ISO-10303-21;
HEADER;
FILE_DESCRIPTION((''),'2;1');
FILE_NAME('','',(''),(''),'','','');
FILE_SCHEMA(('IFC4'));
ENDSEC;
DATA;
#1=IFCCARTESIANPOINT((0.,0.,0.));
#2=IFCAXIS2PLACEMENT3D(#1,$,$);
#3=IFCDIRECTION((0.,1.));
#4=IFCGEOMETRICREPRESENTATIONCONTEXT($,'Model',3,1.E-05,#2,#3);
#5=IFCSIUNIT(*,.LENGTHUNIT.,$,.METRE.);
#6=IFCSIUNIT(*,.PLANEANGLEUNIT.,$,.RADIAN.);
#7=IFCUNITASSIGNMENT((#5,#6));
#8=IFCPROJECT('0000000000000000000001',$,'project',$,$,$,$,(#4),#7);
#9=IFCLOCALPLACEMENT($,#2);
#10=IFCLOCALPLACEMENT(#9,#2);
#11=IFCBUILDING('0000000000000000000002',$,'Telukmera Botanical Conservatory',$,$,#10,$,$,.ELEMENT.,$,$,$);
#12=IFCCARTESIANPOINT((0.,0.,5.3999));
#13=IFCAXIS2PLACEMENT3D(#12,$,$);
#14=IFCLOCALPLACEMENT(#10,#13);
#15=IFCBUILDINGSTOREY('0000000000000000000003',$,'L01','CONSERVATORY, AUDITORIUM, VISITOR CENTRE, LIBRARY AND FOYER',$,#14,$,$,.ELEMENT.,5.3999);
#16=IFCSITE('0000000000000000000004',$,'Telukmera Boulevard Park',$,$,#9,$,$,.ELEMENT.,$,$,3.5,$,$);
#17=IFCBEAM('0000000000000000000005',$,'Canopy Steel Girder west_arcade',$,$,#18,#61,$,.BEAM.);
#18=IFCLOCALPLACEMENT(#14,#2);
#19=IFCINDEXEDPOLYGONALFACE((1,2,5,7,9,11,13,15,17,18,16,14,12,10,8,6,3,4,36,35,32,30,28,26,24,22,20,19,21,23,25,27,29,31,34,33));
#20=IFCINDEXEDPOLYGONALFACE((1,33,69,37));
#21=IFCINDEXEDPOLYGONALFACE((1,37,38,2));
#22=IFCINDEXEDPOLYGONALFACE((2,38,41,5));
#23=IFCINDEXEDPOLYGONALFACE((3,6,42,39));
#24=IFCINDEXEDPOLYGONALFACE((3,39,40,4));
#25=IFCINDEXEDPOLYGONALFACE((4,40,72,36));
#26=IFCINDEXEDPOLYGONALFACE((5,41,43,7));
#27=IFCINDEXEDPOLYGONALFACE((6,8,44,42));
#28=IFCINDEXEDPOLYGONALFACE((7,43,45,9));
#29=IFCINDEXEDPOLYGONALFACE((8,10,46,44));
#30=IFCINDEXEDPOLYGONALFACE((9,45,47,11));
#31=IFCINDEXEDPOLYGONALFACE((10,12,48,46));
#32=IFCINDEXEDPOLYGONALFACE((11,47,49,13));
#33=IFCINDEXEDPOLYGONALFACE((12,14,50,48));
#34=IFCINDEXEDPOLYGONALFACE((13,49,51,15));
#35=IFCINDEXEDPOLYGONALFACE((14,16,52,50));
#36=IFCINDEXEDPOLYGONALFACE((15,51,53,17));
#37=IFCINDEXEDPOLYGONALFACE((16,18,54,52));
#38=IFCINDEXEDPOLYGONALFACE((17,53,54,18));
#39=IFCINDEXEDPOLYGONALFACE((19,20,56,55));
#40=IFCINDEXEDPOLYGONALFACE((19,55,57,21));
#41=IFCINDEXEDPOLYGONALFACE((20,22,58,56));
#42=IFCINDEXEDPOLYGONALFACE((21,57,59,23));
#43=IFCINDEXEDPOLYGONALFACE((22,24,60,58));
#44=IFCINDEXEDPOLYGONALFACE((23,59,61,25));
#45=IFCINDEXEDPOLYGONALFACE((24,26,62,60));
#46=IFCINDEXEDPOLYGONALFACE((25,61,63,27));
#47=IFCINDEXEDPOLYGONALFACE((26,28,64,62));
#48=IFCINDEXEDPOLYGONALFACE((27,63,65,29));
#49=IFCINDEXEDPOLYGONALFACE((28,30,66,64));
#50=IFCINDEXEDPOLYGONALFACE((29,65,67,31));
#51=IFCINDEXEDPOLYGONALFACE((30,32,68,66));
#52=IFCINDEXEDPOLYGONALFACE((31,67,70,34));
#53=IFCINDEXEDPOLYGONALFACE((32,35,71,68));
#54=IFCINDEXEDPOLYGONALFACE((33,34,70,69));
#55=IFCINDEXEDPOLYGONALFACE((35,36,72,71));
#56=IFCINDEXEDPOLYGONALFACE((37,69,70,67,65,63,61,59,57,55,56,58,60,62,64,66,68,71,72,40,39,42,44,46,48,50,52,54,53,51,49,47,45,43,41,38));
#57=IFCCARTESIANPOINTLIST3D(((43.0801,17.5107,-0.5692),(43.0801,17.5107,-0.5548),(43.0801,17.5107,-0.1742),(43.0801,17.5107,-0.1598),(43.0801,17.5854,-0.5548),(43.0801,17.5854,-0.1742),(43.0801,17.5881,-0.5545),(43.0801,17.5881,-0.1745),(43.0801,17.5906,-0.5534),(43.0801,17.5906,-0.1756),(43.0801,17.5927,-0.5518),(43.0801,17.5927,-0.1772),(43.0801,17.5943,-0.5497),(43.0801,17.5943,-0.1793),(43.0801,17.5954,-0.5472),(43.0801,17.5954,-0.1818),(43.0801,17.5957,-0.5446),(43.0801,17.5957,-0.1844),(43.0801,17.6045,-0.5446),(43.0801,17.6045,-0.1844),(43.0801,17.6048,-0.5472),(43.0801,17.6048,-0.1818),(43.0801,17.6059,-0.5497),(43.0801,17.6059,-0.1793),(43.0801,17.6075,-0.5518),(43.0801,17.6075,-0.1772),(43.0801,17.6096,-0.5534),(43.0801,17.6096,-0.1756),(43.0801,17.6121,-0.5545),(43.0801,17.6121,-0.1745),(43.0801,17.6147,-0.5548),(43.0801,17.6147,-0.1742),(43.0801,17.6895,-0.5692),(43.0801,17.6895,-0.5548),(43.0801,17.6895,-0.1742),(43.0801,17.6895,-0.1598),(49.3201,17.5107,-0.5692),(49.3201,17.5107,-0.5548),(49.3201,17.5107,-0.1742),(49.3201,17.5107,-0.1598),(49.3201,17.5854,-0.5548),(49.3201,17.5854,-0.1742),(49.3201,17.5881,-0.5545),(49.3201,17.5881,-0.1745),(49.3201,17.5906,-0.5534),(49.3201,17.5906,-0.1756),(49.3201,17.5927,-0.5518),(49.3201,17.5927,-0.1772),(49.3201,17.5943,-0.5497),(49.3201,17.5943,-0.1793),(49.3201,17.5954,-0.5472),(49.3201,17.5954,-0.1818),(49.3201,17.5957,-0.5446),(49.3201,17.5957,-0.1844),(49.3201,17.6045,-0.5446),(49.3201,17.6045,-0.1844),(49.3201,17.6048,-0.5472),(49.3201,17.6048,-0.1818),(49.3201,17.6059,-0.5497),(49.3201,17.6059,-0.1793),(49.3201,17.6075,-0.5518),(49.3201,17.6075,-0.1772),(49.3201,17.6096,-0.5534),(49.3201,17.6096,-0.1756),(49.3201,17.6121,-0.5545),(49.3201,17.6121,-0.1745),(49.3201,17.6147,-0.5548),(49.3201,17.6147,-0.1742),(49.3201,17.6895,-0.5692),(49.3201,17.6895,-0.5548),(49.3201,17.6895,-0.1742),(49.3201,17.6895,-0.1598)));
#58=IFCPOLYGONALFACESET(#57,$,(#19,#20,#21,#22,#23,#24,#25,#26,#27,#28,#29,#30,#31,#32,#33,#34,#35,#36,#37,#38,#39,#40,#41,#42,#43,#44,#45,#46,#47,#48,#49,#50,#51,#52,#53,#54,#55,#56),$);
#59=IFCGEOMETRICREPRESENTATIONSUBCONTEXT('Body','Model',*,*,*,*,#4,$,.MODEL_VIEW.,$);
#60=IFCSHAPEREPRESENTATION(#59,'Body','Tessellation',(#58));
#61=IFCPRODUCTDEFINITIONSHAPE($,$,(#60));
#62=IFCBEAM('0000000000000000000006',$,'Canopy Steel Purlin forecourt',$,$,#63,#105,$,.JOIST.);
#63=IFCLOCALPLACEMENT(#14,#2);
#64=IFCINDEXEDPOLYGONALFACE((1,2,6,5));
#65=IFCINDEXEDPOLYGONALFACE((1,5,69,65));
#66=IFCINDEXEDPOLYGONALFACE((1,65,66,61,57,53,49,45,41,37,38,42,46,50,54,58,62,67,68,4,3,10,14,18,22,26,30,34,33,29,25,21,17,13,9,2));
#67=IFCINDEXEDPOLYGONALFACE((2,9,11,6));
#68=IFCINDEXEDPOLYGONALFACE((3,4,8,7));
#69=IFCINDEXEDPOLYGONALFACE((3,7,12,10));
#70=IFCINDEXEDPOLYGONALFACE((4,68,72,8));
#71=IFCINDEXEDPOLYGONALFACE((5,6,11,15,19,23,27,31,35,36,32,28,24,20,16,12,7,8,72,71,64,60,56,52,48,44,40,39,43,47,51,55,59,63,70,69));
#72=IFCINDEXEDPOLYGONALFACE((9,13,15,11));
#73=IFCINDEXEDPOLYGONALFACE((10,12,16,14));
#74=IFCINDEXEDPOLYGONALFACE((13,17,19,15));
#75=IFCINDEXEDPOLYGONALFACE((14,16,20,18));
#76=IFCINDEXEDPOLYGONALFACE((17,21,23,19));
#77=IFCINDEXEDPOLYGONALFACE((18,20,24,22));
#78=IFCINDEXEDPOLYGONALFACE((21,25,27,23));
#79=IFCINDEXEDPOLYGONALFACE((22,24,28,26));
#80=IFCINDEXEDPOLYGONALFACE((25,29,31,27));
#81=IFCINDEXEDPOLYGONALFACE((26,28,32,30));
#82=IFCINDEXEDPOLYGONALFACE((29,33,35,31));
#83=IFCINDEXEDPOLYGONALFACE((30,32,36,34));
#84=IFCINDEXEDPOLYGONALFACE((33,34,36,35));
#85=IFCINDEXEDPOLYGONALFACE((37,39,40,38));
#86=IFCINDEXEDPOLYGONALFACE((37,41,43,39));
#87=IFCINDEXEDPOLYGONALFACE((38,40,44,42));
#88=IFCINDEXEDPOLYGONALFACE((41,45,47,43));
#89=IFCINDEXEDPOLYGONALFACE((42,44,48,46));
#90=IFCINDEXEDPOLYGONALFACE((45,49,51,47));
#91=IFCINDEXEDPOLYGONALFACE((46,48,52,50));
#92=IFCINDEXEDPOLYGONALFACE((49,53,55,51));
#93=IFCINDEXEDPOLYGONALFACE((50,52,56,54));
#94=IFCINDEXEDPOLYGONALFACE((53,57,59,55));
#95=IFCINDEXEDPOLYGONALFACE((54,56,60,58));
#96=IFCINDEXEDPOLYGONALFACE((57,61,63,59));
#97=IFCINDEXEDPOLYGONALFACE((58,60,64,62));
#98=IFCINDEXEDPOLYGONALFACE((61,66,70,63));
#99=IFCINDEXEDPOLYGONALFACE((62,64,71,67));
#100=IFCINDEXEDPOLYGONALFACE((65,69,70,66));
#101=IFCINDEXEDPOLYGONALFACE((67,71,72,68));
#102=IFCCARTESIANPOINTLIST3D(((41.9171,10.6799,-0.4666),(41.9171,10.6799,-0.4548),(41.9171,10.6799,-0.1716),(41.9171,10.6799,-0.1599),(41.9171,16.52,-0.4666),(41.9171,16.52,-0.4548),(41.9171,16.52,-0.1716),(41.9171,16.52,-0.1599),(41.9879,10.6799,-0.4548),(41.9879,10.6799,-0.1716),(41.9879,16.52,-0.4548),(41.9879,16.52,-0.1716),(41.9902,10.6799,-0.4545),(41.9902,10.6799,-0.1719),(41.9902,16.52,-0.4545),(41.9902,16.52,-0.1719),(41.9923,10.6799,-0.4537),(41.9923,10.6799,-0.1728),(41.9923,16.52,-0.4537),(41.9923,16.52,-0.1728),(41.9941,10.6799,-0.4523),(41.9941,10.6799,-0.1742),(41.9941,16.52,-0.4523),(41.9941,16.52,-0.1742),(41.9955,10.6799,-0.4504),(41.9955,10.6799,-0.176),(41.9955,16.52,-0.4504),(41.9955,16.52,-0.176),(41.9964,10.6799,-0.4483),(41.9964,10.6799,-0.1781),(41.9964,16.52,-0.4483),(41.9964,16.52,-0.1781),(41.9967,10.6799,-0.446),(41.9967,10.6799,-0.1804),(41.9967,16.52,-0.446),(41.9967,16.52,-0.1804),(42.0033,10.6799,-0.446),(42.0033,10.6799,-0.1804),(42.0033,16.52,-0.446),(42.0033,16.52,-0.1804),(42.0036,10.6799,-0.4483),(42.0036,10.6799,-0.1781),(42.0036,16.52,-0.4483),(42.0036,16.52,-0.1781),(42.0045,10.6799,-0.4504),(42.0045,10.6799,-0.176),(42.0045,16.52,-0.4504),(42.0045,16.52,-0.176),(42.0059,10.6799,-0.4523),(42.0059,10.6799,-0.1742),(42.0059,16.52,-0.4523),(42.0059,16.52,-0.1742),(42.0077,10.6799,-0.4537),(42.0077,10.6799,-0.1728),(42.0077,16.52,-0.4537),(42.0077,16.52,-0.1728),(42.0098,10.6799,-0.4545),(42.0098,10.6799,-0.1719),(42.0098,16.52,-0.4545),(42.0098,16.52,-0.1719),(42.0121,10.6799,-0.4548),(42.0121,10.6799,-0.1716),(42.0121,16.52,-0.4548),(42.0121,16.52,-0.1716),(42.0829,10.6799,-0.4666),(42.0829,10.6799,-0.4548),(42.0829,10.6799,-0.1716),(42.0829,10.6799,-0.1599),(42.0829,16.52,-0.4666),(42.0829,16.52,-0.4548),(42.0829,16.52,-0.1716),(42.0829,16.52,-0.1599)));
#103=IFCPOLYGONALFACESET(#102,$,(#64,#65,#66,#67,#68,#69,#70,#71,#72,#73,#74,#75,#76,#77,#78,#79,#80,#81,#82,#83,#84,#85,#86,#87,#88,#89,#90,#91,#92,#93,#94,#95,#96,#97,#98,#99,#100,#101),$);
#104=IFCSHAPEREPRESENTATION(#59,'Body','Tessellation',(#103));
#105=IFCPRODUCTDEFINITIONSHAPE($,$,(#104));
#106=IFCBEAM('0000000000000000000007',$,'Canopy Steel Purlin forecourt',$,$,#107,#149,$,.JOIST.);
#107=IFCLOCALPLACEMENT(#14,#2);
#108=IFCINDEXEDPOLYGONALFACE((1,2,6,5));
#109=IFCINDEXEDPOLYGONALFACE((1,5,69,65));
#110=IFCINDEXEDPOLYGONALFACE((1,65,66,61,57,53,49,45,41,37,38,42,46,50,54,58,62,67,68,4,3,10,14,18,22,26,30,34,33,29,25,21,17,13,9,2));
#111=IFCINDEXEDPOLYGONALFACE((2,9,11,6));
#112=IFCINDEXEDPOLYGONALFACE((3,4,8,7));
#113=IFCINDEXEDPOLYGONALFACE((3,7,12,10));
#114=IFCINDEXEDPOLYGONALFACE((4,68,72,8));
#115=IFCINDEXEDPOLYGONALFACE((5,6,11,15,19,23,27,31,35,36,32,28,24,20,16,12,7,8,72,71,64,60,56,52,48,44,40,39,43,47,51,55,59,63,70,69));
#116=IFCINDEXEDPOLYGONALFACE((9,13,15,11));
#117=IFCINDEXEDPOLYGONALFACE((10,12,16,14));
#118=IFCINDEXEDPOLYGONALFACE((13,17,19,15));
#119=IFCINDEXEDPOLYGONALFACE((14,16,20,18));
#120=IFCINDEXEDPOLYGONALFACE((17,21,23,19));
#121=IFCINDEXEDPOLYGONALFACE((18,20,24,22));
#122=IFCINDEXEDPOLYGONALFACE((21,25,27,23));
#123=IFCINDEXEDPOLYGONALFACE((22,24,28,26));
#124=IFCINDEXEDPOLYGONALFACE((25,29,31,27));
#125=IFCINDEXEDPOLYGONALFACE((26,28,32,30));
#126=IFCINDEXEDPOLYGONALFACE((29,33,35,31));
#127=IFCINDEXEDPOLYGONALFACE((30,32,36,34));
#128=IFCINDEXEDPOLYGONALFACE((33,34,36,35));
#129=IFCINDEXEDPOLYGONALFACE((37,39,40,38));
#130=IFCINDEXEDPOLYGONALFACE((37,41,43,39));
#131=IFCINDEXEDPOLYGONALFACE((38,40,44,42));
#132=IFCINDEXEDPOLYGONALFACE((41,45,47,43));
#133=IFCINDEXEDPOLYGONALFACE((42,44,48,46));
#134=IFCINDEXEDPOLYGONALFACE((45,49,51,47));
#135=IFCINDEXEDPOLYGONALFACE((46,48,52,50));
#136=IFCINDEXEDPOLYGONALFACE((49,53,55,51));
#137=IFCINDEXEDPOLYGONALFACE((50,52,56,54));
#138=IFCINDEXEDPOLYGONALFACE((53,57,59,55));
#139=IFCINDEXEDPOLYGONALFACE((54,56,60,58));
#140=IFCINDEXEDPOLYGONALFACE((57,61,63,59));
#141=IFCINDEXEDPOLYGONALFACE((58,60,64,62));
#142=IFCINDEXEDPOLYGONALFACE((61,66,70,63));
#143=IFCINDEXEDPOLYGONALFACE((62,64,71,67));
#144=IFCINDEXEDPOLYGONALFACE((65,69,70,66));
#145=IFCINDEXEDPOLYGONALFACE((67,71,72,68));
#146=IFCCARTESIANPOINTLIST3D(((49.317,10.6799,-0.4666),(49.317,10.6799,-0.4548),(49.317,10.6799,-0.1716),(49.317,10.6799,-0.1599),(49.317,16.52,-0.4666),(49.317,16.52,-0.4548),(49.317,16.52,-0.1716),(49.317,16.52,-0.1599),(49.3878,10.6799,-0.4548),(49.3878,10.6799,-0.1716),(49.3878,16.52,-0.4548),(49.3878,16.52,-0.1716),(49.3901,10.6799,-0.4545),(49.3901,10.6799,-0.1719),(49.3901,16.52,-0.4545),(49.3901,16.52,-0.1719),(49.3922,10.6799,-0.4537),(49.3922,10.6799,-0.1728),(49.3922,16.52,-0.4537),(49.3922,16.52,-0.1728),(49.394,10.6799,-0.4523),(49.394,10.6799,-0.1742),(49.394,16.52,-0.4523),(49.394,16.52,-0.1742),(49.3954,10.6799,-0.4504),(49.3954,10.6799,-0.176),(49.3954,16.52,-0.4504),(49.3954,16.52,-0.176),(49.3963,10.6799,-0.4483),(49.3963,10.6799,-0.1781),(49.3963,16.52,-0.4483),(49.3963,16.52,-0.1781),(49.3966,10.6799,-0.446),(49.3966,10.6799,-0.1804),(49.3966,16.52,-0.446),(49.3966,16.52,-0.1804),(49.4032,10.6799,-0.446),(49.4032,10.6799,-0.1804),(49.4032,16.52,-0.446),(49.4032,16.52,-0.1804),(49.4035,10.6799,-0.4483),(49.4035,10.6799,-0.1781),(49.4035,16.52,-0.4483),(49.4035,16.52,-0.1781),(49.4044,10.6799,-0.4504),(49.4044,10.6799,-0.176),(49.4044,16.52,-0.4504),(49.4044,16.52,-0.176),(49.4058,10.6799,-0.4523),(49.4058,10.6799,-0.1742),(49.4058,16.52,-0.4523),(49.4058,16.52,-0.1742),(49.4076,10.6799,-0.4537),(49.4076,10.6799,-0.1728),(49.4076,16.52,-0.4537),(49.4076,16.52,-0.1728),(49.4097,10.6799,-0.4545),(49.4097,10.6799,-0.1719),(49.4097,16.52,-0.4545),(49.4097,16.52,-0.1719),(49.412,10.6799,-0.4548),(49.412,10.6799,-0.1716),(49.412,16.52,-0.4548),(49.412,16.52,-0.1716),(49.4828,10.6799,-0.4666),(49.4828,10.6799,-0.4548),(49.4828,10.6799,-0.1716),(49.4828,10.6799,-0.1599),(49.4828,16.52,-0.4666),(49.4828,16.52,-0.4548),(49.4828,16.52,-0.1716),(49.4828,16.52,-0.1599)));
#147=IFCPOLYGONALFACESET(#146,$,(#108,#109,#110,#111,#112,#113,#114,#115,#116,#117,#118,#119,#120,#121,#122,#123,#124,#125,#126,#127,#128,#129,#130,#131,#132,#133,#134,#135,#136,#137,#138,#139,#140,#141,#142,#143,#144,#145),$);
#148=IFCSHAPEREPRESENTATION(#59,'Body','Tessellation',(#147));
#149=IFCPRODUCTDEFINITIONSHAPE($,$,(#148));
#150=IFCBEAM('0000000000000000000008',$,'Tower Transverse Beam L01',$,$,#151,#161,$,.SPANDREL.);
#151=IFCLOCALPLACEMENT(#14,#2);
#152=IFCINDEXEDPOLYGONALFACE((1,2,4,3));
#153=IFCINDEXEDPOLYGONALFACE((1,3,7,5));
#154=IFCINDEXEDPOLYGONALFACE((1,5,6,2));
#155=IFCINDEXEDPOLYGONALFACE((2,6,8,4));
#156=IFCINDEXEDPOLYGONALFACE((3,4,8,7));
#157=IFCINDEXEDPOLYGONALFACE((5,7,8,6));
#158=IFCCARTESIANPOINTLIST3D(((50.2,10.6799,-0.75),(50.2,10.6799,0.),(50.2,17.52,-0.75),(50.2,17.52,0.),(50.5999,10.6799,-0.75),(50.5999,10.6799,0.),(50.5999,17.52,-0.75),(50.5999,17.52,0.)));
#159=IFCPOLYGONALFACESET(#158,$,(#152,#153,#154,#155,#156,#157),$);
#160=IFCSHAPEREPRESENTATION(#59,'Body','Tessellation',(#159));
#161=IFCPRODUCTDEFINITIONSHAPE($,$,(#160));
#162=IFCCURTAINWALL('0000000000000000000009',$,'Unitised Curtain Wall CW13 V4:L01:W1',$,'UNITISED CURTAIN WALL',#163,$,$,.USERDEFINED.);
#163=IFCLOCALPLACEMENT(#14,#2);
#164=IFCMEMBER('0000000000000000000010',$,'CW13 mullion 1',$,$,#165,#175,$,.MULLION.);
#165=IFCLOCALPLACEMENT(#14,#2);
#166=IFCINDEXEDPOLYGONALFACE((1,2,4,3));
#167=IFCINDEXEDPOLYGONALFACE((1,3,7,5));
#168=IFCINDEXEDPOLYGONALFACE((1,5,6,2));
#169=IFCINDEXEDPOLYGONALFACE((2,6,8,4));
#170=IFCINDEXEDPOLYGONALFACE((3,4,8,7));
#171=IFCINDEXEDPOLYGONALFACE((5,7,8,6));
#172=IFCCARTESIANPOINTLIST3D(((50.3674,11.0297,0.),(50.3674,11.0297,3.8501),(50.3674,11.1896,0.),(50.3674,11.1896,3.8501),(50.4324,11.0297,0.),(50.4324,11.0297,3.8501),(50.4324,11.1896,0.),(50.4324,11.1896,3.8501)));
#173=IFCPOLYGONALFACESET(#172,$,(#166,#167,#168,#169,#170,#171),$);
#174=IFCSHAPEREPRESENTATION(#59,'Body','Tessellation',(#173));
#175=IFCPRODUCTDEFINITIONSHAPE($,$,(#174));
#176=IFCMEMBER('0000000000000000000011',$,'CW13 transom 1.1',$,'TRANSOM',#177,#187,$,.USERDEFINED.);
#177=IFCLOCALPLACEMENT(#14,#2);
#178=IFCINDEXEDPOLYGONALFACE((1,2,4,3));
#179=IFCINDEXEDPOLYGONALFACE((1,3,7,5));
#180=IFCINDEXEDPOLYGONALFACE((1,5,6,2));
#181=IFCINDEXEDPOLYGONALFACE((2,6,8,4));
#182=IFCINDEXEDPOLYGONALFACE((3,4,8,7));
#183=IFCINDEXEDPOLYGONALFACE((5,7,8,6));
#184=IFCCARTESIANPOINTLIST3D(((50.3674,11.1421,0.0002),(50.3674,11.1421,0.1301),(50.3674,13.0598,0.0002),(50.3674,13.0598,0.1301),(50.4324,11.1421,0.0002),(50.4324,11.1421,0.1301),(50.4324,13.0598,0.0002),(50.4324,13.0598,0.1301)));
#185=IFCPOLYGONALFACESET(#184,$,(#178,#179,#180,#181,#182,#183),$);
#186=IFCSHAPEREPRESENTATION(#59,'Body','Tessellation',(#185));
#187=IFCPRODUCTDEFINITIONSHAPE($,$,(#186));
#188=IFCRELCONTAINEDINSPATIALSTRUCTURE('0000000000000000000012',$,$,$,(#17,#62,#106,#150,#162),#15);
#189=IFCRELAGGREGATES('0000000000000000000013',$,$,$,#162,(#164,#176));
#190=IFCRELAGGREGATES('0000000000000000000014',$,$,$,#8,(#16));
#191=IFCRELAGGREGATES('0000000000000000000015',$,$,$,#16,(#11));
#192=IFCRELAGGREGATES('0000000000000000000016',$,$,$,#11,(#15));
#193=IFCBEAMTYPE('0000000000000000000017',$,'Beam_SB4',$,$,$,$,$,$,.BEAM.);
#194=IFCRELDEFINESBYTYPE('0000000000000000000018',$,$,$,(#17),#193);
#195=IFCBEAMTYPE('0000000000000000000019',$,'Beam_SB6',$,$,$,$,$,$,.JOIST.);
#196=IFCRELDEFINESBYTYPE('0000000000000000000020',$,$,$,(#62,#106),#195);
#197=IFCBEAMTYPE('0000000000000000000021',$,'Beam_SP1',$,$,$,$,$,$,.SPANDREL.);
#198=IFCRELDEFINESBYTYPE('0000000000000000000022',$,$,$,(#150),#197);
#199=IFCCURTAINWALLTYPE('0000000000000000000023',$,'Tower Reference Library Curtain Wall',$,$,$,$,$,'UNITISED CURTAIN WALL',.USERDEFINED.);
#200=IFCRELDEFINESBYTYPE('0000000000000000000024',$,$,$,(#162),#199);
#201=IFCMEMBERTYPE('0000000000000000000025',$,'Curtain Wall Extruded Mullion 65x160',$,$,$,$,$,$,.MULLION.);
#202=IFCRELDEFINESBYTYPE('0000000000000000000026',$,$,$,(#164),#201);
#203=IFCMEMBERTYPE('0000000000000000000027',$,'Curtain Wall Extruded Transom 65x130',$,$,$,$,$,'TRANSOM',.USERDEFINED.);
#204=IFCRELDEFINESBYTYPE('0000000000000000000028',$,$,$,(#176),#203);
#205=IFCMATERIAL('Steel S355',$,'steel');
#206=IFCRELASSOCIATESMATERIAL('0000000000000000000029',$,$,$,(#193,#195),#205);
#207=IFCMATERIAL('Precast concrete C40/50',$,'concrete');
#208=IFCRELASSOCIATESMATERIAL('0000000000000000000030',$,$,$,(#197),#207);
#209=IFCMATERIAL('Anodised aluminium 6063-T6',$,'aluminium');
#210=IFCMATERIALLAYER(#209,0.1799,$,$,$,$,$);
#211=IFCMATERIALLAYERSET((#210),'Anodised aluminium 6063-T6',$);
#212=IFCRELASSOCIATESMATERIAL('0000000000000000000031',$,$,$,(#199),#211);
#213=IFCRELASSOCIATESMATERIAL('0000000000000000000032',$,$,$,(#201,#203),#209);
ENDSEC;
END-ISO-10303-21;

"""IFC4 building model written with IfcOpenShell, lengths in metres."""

from ifc_helpers import new_model, si_unit, direction, frame, origin, origin_2d, place, context, subcontext, project, spatial, rectangle, i_section, extrude, material, layer, layer_set, material_profile, profile_set, type_object, element, aggregate, save


model = new_model("IFC4")

# Units and contexts
model_context = context("Model", 3, precision=1e-05, world=origin(), true_north=direction((0.0, 1.0)))
body_context = subcontext(model_context, "Body", "Model", "MODEL_VIEW")
ifc_project = project(units=[si_unit("LENGTHUNIT", "METRE"), si_unit("PLANEANGLEUNIT", "RADIAN")], contexts=[model_context])

# Site, building, storey
site_placement = place(None, origin())
site = spatial("IfcSite", under=ifc_project, at=site_placement, Name="Telukmera Boulevard Park", CompositionType="ELEMENT", RefElevation=3.5)
building_placement = place(site_placement, origin())
building = spatial("IfcBuilding", under=site, at=building_placement, Name="Telukmera Botanical Conservatory", CompositionType="ELEMENT")
storey_placement = place(building_placement, frame((0.0, 0.0, 5.3999)))
storey = spatial("IfcBuildingStorey", under=building, at=storey_placement, Name="L01", Description="CONSERVATORY, AUDITORIUM, VISITOR CENTRE, LIBRARY AND FOYER", CompositionType="ELEMENT", Elevation=5.3999)

# Beams
ifc_material_1 = material(Name="Steel S355", Category="steel")
ifc_material_profile_1 = material_profile(ifc_material_1, i_section(OverallWidth=0.1787, OverallDepth=0.4094, WebThickness=0.0088, FlangeThickness=0.0144, FilletRadius=0.0103, at=origin_2d()), Name="UB 406x178x67")
ifc_profile_set_1 = profile_set([ifc_material_profile_1], Name="Steel S355")
beam_type_1 = type_object("IfcBeamType", Name="Beam_SB4", PredefinedType="BEAM", material=ifc_profile_set_1)
beam_1_placement = place(storey_placement, frame((43.0801, 17.6001, -0.3645), z_axis=(1.0, 0.0, 0.0), x_axis=(0.0, 1.0, 0.0)))
element("IfcBeam", 1, at=beam_1_placement, inside=storey, type_object=beam_type_1, Name="Canopy Steel Girder west_arcade", PredefinedType="BEAM", context=body_context, shape_type="SweptSolid", body=[
    extrude(i_section(OverallWidth=0.1787, OverallDepth=0.4094, WebThickness=0.0088, FlangeThickness=0.0144, FilletRadius=0.0103, at=origin_2d()), origin(), (0.0, 0.0, 1.0), 6.24),
])
ifc_material_profile_2 = material_profile(ifc_material_1, i_section(OverallWidth=0.1658, OverallDepth=0.3066, WebThickness=0.0066, FlangeThickness=0.0117, FilletRadius=0.0088, at=origin_2d()), Name="UB 305x165x46")
ifc_profile_set_2 = profile_set([ifc_material_profile_2], Name="Steel S355")
beam_type_2 = type_object("IfcBeamType", Name="Beam_SB6", PredefinedType="JOIST", material=ifc_profile_set_2)
for number, where, z_axis, x_axis, name in (
    (2, (42.0, 10.6799, -0.3132), (0.0, 1.0, 0.0), (-1.0, 0.0, 0.0), "Canopy Steel Purlin forecourt"),
    (3, (49.3999, 10.6799, -0.3132), (0.0, 1.0, 0.0), (-1.0, 0.0, 0.0), "Canopy Steel Purlin forecourt"),
):
    element("IfcBeam", number, at=place(storey_placement, frame(where, z_axis=z_axis, x_axis=x_axis)), inside=storey, type_object=beam_type_2, Name=name, PredefinedType="JOIST", context=body_context, shape_type="SweptSolid", body=[
        extrude(i_section(OverallWidth=0.1658, OverallDepth=0.3066, WebThickness=0.0066, FlangeThickness=0.0117, FilletRadius=0.0088, at=origin_2d()), origin(), (0.0, 0.0, 1.0), 5.8401),
    ])
ifc_material_2 = material(Name="Precast concrete C40/50", Category="concrete")
ifc_material_profile_3 = material_profile(ifc_material_2, rectangle(XDim=0.3999, YDim=0.75, at=origin_2d()), Name="PC 400x750")
ifc_profile_set_3 = profile_set([ifc_material_profile_3], Name="Precast concrete C40/50")
beam_type_3 = type_object("IfcBeamType", Name="Beam_SP1", PredefinedType="SPANDREL", material=ifc_profile_set_3)
beam_2_placement = place(storey_placement, frame((50.3999, 10.6799, -0.375), z_axis=(0.0, 1.0, 0.0), x_axis=(-1.0, 0.0, 0.0)))
element("IfcBeam", 4, at=beam_2_placement, inside=storey, type_object=beam_type_3, Name="Tower Transverse Beam L01", PredefinedType="SPANDREL", context=body_context, shape_type="SweptSolid", body=[
    extrude(rectangle(XDim=0.3999, YDim=0.75, at=origin_2d()), origin(), (0.0, 0.0, 1.0), 6.8401),
])

# Curtain wall, members
ifc_material_3 = material(Name="Anodised aluminium 6063-T6", Category="aluminium")
ifc_layer_1 = layer(ifc_material_3, 0.1799)
ifc_layer_set_1 = layer_set([ifc_layer_1], Name="Anodised aluminium 6063-T6")
curtain_wall_type = type_object("IfcCurtainWallType", Name="Tower Reference Library Curtain Wall", ElementType="UNITISED CURTAIN WALL", PredefinedType="USERDEFINED", material=ifc_layer_set_1)
curtain_wall_placement = place(storey_placement, origin())
curtain_wall = element("IfcCurtainWall", 5, at=curtain_wall_placement, inside=storey, type_object=curtain_wall_type, Name="Unitised Curtain Wall CW13 V4:L01:W1", ObjectType="UNITISED CURTAIN WALL", PredefinedType="USERDEFINED")
ifc_material_profile_4 = material_profile(ifc_material_3, rectangle(XDim=0.0649, YDim=0.1599, at=origin_2d()), Name="ALU MULL 65x160")
ifc_profile_set_4 = profile_set([ifc_material_profile_4], Name="Anodised aluminium 6063-T6")
member_type_1 = type_object("IfcMemberType", Name="Curtain Wall Extruded Mullion 65x160", PredefinedType="MULLION", material=ifc_profile_set_4)
member_1_placement = place(storey_placement, frame((50.3999, 11.1096, 0.0), z_axis=(0.0, 0.0, 1.0), x_axis=(-1.0, 0.0, 0.0)))
member_1 = element("IfcMember", 6, at=member_1_placement, type_object=member_type_1, Name="CW13 mullion 1", PredefinedType="MULLION", context=body_context, shape_type="SweptSolid", body=[
    extrude(rectangle(XDim=0.0649, YDim=0.1599, at=origin_2d()), origin(), (0.0, 0.0, 1.0), 3.8501),
])
ifc_material_profile_5 = material_profile(ifc_material_3, rectangle(XDim=0.0649, YDim=0.1299, at=origin_2d()), Name="ALU TRAN 65x130")
ifc_profile_set_5 = profile_set([ifc_material_profile_5], Name="Anodised aluminium 6063-T6")
member_type_2 = type_object("IfcMemberType", Name="Curtain Wall Extruded Transom 65x130", ElementType="TRANSOM", PredefinedType="USERDEFINED", material=ifc_profile_set_5)
member_2_placement = place(storey_placement, frame((50.3999, 11.1421, 0.0652), z_axis=(0.0, 1.0, 0.0), x_axis=(-1.0, 0.0, 0.0)))
member_2 = element("IfcMember", 7, at=member_2_placement, type_object=member_type_2, Name="CW13 transom 1.1", ObjectType="TRANSOM", PredefinedType="USERDEFINED", context=body_context, shape_type="SweptSolid", body=[
    extrude(rectangle(XDim=0.0649, YDim=0.1299, at=origin_2d()), origin(), (0.0, 0.0, 1.0), 1.9177),
])
aggregate(curtain_wall, [member_1, member_2])

save(model, "model.ifc")
